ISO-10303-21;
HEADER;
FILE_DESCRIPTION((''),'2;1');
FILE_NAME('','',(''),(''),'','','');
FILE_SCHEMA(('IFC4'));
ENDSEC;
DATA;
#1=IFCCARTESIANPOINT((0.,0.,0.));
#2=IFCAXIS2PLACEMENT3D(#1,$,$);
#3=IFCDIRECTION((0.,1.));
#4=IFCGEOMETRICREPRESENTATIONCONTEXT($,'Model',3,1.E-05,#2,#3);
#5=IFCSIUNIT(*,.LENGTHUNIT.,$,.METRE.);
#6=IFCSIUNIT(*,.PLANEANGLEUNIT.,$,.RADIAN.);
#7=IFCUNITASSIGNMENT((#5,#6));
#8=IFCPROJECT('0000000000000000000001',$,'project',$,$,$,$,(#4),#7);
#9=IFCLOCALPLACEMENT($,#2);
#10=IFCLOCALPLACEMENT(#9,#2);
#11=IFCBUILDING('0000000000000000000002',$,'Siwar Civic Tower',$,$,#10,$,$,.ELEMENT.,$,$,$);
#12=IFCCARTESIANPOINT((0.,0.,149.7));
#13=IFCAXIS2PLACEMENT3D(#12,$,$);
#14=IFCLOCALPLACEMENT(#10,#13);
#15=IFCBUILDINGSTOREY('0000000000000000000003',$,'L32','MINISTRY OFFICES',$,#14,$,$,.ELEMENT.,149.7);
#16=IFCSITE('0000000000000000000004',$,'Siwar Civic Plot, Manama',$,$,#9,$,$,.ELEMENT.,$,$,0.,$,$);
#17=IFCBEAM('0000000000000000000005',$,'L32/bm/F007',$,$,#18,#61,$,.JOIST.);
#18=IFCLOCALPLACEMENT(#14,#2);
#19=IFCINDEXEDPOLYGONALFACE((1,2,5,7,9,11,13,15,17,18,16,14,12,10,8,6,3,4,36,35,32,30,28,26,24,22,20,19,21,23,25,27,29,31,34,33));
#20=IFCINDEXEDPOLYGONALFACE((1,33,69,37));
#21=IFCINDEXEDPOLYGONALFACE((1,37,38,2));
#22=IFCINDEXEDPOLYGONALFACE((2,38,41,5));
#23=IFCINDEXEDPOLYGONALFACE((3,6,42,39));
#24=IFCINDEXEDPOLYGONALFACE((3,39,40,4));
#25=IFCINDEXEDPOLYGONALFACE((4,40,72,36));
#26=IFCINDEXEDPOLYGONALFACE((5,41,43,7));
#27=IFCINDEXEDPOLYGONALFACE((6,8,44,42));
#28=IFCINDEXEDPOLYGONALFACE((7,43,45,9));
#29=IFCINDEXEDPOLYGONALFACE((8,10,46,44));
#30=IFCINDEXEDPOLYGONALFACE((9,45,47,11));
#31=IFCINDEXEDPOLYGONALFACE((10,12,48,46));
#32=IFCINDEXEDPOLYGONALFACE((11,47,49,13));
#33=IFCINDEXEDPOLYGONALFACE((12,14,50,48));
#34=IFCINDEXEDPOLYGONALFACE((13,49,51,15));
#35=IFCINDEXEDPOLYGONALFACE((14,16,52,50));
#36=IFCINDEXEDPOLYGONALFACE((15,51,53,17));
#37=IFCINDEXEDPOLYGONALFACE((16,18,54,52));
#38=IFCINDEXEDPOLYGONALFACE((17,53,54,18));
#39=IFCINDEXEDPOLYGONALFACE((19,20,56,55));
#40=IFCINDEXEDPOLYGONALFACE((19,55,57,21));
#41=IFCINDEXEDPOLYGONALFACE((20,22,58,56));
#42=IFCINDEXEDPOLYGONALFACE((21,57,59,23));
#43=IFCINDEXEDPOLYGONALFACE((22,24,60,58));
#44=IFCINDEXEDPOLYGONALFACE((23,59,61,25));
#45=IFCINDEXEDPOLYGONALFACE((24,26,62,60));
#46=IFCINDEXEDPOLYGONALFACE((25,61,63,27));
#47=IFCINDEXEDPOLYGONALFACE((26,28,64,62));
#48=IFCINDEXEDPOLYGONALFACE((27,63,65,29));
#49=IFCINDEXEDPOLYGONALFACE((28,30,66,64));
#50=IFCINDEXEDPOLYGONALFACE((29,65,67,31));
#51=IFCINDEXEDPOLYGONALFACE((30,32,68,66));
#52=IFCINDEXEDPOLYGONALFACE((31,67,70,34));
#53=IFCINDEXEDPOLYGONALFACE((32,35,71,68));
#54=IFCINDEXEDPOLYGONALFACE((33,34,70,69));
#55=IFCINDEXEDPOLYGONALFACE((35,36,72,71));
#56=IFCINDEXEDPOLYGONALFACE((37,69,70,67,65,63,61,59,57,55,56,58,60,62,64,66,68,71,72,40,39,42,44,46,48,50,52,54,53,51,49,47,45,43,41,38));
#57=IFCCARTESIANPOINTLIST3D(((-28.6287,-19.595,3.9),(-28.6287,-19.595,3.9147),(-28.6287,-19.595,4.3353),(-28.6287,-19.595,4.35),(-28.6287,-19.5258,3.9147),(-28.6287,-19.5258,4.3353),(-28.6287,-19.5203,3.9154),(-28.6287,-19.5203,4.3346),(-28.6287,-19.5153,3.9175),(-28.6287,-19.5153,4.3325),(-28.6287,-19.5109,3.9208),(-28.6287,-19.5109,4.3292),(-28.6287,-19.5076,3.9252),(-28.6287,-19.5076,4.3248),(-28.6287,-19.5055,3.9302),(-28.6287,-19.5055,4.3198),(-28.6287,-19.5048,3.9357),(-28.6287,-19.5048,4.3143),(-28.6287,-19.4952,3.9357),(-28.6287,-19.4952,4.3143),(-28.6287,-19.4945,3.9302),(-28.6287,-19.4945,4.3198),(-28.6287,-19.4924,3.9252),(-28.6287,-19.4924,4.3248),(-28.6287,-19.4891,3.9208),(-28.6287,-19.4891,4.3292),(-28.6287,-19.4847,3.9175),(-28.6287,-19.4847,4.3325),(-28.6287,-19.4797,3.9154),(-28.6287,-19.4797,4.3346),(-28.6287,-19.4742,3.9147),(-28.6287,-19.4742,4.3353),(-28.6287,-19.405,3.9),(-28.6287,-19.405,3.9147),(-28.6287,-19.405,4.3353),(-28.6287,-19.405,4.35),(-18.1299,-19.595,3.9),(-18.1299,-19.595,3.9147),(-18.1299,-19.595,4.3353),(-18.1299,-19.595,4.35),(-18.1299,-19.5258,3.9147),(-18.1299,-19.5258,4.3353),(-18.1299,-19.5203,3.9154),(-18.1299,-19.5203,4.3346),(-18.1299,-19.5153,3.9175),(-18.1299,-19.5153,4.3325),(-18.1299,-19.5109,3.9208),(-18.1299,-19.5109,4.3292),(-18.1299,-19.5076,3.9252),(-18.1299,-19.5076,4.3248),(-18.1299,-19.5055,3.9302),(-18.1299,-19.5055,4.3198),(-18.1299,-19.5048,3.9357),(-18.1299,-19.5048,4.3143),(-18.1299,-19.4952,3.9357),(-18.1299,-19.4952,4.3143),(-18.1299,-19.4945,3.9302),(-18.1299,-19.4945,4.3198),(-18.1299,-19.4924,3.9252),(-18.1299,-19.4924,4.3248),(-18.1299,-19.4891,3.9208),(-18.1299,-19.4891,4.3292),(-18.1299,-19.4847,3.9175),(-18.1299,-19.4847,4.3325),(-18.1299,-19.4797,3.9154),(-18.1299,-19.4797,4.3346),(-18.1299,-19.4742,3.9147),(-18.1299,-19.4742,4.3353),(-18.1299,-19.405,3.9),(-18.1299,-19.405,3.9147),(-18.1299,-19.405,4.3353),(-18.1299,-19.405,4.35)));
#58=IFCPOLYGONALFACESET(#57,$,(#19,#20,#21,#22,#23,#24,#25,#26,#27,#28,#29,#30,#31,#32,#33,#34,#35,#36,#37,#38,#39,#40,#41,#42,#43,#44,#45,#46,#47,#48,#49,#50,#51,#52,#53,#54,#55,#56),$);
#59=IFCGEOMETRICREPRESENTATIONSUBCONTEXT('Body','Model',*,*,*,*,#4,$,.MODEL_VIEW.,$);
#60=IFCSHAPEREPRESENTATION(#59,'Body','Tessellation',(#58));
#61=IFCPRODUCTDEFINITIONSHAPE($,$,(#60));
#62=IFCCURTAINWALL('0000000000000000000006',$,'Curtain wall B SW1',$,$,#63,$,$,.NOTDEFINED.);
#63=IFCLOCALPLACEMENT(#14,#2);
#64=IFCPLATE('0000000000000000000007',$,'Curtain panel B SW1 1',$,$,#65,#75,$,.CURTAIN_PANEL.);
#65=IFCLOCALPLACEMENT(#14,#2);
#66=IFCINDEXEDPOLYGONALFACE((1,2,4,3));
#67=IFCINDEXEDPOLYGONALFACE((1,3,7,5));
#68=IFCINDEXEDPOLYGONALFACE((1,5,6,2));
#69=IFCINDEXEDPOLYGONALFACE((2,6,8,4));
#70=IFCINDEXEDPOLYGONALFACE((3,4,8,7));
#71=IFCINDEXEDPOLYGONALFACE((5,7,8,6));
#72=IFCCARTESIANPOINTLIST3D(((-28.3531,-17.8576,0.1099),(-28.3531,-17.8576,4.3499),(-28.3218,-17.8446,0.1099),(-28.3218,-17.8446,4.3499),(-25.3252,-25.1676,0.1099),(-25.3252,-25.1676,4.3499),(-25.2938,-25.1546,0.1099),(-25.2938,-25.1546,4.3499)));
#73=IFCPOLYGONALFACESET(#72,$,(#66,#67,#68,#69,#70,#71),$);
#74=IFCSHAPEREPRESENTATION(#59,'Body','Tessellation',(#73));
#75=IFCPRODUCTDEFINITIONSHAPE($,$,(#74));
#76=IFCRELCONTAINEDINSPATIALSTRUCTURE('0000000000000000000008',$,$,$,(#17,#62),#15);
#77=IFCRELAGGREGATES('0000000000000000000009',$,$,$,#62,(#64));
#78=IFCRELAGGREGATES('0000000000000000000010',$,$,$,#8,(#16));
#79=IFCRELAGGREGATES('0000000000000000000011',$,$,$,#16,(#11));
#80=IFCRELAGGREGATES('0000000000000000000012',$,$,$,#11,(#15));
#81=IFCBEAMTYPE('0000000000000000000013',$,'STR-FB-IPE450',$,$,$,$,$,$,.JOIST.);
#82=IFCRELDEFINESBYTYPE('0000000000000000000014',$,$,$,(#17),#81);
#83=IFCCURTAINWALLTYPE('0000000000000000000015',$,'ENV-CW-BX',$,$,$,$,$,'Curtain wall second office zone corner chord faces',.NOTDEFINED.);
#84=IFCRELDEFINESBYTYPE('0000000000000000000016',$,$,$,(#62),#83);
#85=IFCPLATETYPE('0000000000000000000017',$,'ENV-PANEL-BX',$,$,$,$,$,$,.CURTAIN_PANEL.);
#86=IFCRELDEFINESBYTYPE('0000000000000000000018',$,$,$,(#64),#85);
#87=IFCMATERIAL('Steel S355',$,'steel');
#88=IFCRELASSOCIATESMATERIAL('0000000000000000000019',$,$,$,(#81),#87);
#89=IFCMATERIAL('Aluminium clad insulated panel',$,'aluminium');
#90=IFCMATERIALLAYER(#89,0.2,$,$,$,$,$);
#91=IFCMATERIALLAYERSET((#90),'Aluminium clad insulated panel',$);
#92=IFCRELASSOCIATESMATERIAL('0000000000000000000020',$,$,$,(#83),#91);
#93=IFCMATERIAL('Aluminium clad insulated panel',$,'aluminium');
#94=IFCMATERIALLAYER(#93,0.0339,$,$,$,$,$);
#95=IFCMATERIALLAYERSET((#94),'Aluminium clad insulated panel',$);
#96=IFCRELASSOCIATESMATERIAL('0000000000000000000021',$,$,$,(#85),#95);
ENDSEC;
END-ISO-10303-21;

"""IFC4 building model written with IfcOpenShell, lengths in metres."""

from ifc_helpers import new_model, si_unit, direction, frame, origin, origin_2d, place, context, subcontext, project, spatial, rectangle, i_section, extrude, material, layer, layer_set, material_profile, profile_set, type_object, element, aggregate, save


model = new_model("IFC4")

# Units and contexts
model_context = context("Model", 3, precision=1e-05, world=origin(), true_north=direction((0.0, 1.0)))
body_context = subcontext(model_context, "Body", "Model", "MODEL_VIEW")
ifc_project = project(units=[si_unit("LENGTHUNIT", "METRE"), si_unit("PLANEANGLEUNIT", "RADIAN")], contexts=[model_context])

# Site, building, storey
site_placement = place(None, origin())
site = spatial("IfcSite", under=ifc_project, at=site_placement, Name="Siwar Civic Plot, Manama", CompositionType="ELEMENT", RefElevation=0.0)
building_placement = place(site_placement, origin())
building = spatial("IfcBuilding", under=site, at=building_placement, Name="Siwar Civic Tower", CompositionType="ELEMENT")
storey_placement = place(building_placement, frame((0.0, 0.0, 149.7)))
storey = spatial("IfcBuildingStorey", under=building, at=storey_placement, Name="L32", Description="MINISTRY OFFICES", CompositionType="ELEMENT", Elevation=149.7)

# Beam
ifc_material_1 = material(Name="Steel S355", Category="steel")
ifc_material_profile_1 = material_profile(ifc_material_1, i_section(OverallWidth=0.1899, OverallDepth=0.45, WebThickness=0.0095, FlangeThickness=0.0146, FilletRadius=0.021, at=origin_2d()), Name="IPE450")
ifc_profile_set_1 = profile_set([ifc_material_profile_1], Name="Steel S355")
beam_type = type_object("IfcBeamType", Name="STR-FB-IPE450", PredefinedType="JOIST", material=ifc_profile_set_1)
beam_1_placement = place(storey_placement, frame((-28.6287, -19.5, 4.125), z_axis=(1.0, 0.0, 0.0), x_axis=(0.0, 1.0, 0.0)))
element("IfcBeam", 1, at=beam_1_placement, inside=storey, type_object=beam_type, Name="L32/bm/F007", PredefinedType="JOIST", context=body_context, shape_type="SweptSolid", body=[
    extrude(i_section(OverallWidth=0.1899, OverallDepth=0.45, WebThickness=0.0095, FlangeThickness=0.0146, FilletRadius=0.021, at=origin_2d()), origin(), (0.0, 0.0, 1.0), 10.4988),
])

# Curtain wall, plate
ifc_material_2 = material(Name="Aluminium clad insulated panel", Category="aluminium")
ifc_layer_1 = layer(ifc_material_2, 0.2)
ifc_layer_set_1 = layer_set([ifc_layer_1], Name="Aluminium clad insulated panel")
curtain_wall_type = type_object("IfcCurtainWallType", Name="ENV-CW-BX", ElementType="Curtain wall second office zone corner chord faces", PredefinedType="NOTDEFINED", material=ifc_layer_set_1)
curtain_wall_placement = place(storey_placement, origin())
curtain_wall = element("IfcCurtainWall", 2, at=curtain_wall_placement, inside=storey, type_object=curtain_wall_type, Name="Curtain wall B SW1", PredefinedType="NOTDEFINED")
ifc_material_3 = material(Name="Aluminium clad insulated panel", Category="aluminium")
ifc_layer_2 = layer(ifc_material_3, 0.0339)
ifc_layer_set_2 = layer_set([ifc_layer_2], Name="Aluminium clad insulated panel")
plate_type = type_object("IfcPlateType", Name="ENV-PANEL-BX", PredefinedType="CURTAIN_PANEL", material=ifc_layer_set_2)
plate_placement = place(storey_placement, frame((-26.8235, -21.5061, 0.1099), z_axis=(0.0, 0.0, 1.0), x_axis=(0.382683, -0.92388, 0.0)))
plate = element("IfcPlate", 3, at=plate_placement, type_object=plate_type, Name="Curtain panel B SW1 1", PredefinedType="CURTAIN_PANEL", context=body_context, shape_type="SweptSolid", body=[
    extrude(rectangle(XDim=7.9124, YDim=0.0339, at=origin_2d()), origin(), (0.0, 0.0, 1.0), 4.24),
])
aggregate(curtain_wall, [plate])

save(model, "model.ifc")
